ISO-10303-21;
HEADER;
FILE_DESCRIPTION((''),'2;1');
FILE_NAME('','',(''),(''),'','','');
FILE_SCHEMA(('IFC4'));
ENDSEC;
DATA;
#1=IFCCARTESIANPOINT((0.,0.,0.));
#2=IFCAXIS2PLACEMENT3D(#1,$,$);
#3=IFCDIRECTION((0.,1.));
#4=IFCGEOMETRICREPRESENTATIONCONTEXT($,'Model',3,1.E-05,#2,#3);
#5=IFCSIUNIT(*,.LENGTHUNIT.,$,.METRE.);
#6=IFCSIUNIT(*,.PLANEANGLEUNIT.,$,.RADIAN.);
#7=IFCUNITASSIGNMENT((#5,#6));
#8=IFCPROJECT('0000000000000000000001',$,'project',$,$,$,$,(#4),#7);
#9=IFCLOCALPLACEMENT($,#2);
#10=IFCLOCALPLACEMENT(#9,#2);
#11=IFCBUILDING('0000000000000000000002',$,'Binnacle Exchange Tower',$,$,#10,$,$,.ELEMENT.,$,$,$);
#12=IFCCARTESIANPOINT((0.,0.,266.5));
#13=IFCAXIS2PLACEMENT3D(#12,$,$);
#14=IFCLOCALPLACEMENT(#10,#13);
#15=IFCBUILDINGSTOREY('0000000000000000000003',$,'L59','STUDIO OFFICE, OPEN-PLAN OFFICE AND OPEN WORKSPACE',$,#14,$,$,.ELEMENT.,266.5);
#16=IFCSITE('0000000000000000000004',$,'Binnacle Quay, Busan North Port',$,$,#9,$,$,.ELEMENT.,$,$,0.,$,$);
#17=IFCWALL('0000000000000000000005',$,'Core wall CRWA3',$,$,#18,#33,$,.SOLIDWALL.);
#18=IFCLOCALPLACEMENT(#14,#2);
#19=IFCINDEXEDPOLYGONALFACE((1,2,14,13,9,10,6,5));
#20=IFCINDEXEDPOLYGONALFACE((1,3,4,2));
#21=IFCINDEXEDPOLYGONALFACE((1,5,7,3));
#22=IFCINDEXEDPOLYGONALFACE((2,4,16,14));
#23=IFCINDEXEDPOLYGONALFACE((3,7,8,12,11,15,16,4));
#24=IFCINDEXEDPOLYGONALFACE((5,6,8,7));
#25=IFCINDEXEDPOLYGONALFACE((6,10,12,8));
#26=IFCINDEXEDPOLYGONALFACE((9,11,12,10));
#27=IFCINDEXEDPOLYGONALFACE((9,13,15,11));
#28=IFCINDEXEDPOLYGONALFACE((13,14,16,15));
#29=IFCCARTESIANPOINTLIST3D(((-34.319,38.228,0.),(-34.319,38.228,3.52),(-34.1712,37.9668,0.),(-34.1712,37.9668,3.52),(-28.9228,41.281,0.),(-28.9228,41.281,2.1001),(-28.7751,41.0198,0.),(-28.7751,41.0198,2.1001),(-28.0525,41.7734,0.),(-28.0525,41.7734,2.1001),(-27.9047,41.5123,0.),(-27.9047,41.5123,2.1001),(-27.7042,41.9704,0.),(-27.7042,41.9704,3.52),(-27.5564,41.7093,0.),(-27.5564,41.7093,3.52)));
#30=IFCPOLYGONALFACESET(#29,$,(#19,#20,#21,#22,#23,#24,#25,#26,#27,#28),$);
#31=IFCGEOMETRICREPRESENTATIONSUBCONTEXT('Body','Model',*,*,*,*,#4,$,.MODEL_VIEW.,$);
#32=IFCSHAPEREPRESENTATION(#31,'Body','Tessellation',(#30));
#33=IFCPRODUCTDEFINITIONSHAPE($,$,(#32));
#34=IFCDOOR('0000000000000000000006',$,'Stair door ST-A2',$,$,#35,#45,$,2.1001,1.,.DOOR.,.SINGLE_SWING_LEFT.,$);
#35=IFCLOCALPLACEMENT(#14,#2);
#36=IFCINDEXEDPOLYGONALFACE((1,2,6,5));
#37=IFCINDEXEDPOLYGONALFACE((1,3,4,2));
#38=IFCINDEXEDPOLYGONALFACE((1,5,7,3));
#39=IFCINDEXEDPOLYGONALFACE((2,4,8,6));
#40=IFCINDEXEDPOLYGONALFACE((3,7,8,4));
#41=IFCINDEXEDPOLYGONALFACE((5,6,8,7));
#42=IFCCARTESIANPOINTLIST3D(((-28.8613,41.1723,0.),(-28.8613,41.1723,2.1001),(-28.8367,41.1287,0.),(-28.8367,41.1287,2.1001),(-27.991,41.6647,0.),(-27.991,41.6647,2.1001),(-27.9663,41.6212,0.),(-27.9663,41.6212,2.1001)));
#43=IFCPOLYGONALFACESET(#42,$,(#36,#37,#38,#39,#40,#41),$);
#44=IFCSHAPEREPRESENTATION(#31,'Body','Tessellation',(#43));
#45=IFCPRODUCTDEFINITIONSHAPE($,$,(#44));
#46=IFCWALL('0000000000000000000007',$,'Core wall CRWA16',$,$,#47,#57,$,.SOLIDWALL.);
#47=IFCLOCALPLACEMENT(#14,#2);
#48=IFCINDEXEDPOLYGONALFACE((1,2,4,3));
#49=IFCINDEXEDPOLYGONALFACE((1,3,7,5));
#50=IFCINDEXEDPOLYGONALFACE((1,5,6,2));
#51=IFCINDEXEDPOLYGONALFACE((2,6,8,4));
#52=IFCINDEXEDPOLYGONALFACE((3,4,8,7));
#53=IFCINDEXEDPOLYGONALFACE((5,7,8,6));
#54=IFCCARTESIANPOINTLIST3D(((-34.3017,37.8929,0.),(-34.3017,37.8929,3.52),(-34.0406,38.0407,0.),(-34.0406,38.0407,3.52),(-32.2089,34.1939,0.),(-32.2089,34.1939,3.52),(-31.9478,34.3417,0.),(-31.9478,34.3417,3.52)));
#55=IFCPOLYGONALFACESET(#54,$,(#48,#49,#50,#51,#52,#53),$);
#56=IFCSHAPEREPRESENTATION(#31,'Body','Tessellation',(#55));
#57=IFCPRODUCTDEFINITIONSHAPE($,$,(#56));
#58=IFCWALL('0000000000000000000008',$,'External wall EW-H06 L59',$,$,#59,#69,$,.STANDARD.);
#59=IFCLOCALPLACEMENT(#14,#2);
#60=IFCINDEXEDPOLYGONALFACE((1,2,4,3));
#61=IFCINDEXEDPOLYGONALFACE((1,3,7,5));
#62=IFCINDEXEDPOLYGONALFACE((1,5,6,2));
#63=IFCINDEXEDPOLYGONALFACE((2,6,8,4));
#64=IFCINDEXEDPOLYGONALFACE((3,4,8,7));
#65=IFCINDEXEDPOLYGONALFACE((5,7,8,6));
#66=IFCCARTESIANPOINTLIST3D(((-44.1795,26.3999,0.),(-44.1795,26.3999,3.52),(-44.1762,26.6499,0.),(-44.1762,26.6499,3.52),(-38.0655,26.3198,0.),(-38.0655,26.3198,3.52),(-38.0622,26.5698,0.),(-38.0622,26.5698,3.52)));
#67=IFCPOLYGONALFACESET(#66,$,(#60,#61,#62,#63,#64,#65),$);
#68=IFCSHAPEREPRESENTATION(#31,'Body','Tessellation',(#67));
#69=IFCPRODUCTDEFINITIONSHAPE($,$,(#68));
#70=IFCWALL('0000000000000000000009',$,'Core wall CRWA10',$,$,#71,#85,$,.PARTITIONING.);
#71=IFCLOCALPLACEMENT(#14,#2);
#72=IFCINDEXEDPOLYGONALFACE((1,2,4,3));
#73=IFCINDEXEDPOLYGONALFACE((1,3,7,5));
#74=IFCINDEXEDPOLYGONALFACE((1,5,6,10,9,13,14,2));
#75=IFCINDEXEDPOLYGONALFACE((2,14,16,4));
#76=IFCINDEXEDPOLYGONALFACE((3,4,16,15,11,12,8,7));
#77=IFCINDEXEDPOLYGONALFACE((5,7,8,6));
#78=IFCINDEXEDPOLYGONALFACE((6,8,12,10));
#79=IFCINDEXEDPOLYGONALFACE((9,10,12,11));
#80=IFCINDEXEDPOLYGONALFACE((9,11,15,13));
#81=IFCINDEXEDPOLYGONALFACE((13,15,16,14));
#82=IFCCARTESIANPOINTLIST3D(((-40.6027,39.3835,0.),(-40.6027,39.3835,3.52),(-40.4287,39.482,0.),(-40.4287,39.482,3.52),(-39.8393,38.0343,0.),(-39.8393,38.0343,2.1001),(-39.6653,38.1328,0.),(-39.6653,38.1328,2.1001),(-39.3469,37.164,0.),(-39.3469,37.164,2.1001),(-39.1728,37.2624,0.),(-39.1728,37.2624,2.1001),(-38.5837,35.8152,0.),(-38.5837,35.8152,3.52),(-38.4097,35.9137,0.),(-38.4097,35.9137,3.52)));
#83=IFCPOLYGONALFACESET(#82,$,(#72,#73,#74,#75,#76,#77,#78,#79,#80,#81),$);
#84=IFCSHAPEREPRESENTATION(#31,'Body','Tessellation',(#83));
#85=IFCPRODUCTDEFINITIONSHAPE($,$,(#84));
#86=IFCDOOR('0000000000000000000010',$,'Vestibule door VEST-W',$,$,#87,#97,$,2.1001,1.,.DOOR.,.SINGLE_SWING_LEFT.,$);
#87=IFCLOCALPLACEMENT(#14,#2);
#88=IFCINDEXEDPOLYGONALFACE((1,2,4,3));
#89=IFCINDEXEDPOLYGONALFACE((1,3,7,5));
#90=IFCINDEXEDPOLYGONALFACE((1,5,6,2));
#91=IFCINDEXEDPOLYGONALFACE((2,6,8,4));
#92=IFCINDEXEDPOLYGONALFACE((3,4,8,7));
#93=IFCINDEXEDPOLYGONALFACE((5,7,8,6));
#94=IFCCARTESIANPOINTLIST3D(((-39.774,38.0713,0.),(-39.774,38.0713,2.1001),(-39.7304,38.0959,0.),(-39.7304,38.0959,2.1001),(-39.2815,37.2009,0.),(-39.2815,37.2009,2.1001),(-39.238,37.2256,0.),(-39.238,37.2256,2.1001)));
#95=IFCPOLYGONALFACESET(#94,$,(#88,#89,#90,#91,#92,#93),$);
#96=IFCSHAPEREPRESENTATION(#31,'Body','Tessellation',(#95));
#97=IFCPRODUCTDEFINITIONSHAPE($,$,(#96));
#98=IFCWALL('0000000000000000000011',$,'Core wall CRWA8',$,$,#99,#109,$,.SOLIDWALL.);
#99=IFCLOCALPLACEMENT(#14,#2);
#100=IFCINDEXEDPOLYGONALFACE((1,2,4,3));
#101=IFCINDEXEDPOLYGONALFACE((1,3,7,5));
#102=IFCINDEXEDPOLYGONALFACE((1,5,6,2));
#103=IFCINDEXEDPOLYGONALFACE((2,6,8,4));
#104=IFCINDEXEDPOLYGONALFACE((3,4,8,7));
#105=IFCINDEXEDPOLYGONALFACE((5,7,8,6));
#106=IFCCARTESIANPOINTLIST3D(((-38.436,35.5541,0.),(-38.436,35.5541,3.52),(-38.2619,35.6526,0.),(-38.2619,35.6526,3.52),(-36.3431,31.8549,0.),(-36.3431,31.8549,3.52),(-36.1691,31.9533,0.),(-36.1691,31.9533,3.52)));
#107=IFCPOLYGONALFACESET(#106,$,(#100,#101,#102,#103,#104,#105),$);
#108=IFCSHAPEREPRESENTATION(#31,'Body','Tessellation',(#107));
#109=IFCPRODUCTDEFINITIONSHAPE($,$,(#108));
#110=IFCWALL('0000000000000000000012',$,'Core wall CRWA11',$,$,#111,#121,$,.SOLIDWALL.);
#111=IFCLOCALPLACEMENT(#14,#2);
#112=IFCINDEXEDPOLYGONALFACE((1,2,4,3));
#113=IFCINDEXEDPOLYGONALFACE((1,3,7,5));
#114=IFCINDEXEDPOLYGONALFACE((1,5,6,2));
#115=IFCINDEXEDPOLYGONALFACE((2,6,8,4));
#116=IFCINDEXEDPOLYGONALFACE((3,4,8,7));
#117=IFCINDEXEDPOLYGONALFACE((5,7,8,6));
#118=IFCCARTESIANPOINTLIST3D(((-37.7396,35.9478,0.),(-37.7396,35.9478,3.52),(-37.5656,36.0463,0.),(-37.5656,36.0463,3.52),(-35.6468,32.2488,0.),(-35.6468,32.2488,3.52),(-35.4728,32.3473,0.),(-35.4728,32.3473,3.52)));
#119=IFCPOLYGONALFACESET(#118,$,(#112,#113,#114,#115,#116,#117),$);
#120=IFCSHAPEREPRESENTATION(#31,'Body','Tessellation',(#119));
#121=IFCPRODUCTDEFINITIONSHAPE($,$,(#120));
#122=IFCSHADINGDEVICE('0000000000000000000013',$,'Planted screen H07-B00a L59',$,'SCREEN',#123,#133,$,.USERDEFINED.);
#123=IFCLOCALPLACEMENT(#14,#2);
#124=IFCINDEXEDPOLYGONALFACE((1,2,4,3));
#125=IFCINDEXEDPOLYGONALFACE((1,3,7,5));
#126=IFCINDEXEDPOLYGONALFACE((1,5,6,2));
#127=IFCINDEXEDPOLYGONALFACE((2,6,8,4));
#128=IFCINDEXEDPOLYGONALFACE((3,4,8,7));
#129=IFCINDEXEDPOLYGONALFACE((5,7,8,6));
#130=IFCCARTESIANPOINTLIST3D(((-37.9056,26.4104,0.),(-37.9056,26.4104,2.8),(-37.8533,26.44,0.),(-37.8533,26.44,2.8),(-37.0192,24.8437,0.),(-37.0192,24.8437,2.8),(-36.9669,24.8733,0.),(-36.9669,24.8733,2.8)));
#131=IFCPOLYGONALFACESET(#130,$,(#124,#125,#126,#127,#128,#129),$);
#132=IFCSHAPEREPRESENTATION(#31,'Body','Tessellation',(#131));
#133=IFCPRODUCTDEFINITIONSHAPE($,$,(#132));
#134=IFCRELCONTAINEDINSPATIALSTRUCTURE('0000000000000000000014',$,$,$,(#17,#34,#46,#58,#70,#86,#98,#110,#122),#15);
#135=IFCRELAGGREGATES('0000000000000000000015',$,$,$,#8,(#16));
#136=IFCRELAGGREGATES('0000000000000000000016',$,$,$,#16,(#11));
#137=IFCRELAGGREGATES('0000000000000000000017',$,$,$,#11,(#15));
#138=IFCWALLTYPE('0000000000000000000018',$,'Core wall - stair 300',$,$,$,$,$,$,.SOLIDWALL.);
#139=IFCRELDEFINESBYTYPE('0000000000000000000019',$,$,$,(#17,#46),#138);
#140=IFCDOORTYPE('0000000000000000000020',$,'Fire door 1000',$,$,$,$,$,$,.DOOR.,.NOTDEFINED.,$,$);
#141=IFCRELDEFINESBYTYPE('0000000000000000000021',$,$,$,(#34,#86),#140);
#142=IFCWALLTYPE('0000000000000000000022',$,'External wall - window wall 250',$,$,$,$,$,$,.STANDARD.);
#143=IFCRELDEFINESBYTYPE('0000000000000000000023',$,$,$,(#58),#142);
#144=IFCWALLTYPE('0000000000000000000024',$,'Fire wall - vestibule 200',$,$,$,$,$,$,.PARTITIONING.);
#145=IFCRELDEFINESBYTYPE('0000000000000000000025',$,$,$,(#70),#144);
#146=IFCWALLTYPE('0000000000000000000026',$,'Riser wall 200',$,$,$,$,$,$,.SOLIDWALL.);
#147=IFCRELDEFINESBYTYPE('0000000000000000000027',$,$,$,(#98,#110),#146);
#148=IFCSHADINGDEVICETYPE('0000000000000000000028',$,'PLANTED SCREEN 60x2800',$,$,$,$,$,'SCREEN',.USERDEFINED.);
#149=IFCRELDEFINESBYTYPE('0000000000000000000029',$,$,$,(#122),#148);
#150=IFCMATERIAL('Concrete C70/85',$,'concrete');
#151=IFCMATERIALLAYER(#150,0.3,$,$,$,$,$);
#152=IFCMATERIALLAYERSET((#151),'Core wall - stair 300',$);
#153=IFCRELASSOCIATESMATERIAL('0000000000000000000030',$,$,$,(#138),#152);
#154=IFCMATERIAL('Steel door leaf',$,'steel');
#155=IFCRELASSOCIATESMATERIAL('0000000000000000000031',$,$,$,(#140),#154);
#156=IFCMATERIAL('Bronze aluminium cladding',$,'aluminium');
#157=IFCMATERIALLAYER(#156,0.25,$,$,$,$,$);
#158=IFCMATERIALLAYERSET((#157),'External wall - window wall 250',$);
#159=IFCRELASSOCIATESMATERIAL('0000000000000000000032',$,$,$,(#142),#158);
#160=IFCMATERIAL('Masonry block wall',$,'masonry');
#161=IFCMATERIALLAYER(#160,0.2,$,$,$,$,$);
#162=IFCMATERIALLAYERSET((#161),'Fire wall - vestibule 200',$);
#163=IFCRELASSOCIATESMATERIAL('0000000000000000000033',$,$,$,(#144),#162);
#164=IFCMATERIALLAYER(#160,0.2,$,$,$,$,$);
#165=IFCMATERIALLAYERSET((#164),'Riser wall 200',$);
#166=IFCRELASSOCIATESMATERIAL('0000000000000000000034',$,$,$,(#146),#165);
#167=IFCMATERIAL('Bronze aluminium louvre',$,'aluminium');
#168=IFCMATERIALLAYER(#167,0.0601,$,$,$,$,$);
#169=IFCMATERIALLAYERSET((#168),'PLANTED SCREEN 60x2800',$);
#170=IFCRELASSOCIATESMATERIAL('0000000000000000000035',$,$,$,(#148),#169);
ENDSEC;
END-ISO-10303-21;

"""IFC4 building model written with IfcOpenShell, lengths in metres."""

from ifc_helpers import new_model, si_unit, direction, frame, frame_2d, origin, origin_2d, place, context, subcontext, project, spatial, rectangle, extrude, material, layer, layer_set, type_object, element, fill, save


model = new_model("IFC4")

# Units and contexts
model_context = context("Model", 3, precision=1e-05, world=origin(), true_north=direction((0.0, 1.0)))
body_context = subcontext(model_context, "Body", "Model", "MODEL_VIEW")
ifc_project = project(units=[si_unit("LENGTHUNIT", "METRE"), si_unit("PLANEANGLEUNIT", "RADIAN")], contexts=[model_context])

# Site, building, storey
site_placement = place(None, origin())
site = spatial("IfcSite", under=ifc_project, at=site_placement, Name="Binnacle Quay, Busan North Port", CompositionType="ELEMENT", RefElevation=0.0)
building_placement = place(site_placement, origin())
building = spatial("IfcBuilding", under=site, at=building_placement, Name="Binnacle Exchange Tower", CompositionType="ELEMENT")
storey_placement = place(building_placement, frame((0.0, 0.0, 266.5)))
storey = spatial("IfcBuildingStorey", under=building, at=storey_placement, Name="L59", Description="STUDIO OFFICE, OPEN-PLAN OFFICE AND OPEN WORKSPACE", CompositionType="ELEMENT", Elevation=266.5)

# Shared definitions
ifc_material_1 = material(Name="Concrete C70/85", Category="concrete")
ifc_material_2 = material(Name="Steel door leaf", Category="steel")

# Wall, opening, door
ifc_layer_1 = layer(ifc_material_1, 0.3)
ifc_layer_set_1 = layer_set([ifc_layer_1], Name="Core wall - stair 300")
wall_type_1 = type_object("IfcWallType", Name="Core wall - stair 300", PredefinedType="SOLIDWALL", material=ifc_layer_set_1)
wall_1_placement = place(storey_placement, frame((-34.2451, 38.0974, 0.0), z_axis=(0.0, 0.0, 1.0), x_axis=(0.870356, 0.492422, 0.0)))
wall_1 = element("IfcWall", 1, at=wall_1_placement, inside=storey, type_object=wall_type_1, Name="Core wall CRWA3", PredefinedType="SOLIDWALL", context=body_context, shape_type="SweptSolid", body=[
    extrude(rectangle(XDim=7.6001, YDim=0.3, at=frame_2d((3.8, 0.0))), origin(), (0.0, 0.0, 1.0), 3.52),
])
opening_1_placement = place(wall_1_placement, frame((6.2, 0.0, 0.0)))
opening_1 = element("IfcOpeningElement", 2, at=opening_1_placement, cuts=wall_1, PredefinedType="OPENING", context=body_context, shape_type="SweptSolid", body=[
    extrude(rectangle(XDim=1.0, YDim=2.1001, at=frame_2d((0.5, 1.05))), frame((0.0, 0.1599, 0.0), z_axis=(0.0, -1.0, 0.0), x_axis=(1.0, 0.0, 0.0)), (0.0, 0.0, 1.0), 0.3201),
])
door_type_1 = type_object("IfcDoorType", Name="Fire door 1000", OperationType="NOTDEFINED", PredefinedType="DOOR", material=ifc_material_2)
door_1_placement = place(opening_1_placement, frame((1.0, 0.0, 0.0), z_axis=(0.0, 0.0, 1.0), x_axis=(-1.0, 0.0, 0.0)))
door_1 = element("IfcDoor", 3, at=door_1_placement, inside=storey, type_object=door_type_1, Name="Stair door ST-A2", OperationType="SINGLE_SWING_LEFT", OverallHeight=2.1001, OverallWidth=1.0, PredefinedType="DOOR", context=body_context, shape_type="SweptSolid", body=[
    extrude(rectangle(XDim=1.0, YDim=2.1001, at=frame_2d((0.5, 1.05))), frame((0.0, 0.0249, 0.0), z_axis=(0.0, -1.0, 0.0), x_axis=(1.0, 0.0, 0.0)), (0.0, 0.0, 1.0), 0.05),
])
fill(opening_1, door_1)

# Walls
wall_2_placement = place(storey_placement, frame((-34.1711, 37.9668, 0.0), z_axis=(0.0, 0.0, 1.0), x_axis=(0.492423, -0.870356, 0.0)))
element("IfcWall", 4, at=wall_2_placement, inside=storey, type_object=wall_type_1, Name="Core wall CRWA16", PredefinedType="SOLIDWALL", context=body_context, shape_type="SweptSolid", body=[
    extrude(rectangle(XDim=4.25, YDim=0.3, at=frame_2d((2.125, 0.0))), origin(), (0.0, 0.0, 1.0), 3.52),
])
ifc_material_3 = material(Name="Bronze aluminium cladding", Category="aluminium")
ifc_layer_2 = layer(ifc_material_3, 0.25)
ifc_layer_set_2 = layer_set([ifc_layer_2], Name="External wall - window wall 250")
wall_type_2 = type_object("IfcWallType", Name="External wall - window wall 250", PredefinedType="STANDARD", material=ifc_layer_set_2)
wall_3_placement = place(storey_placement, frame((-38.064, 26.4448, 0.0), z_axis=(0.0, 0.0, 1.0), x_axis=(-0.999914, 0.013096, 0.0)))
element("IfcWall", 5, at=wall_3_placement, inside=storey, type_object=wall_type_2, Name="External wall EW-H06 L59", PredefinedType="STANDARD", context=body_context, shape_type="SweptSolid", body=[
    extrude(rectangle(XDim=6.1145, YDim=0.25, at=frame_2d((3.0571, 0.0))), origin(), (0.0, 0.0, 1.0), 3.52),
])

# Wall, opening, door
ifc_material_4 = material(Name="Masonry block wall", Category="masonry")
ifc_layer_3 = layer(ifc_material_4, 0.2)
ifc_layer_set_3 = layer_set([ifc_layer_3], Name="Fire wall - vestibule 200")
wall_type_3 = type_object("IfcWallType", Name="Fire wall - vestibule 200", PredefinedType="PARTITIONING", material=ifc_layer_set_3)
wall_4_placement = place(storey_placement, frame((-40.5156, 39.4326, 0.0), z_axis=(0.0, 0.0, 1.0), x_axis=(0.492454, -0.870339, 0.0)))
wall_4 = element("IfcWall", 6, at=wall_4_placement, inside=storey, type_object=wall_type_3, Name="Core wall CRWA10", PredefinedType="PARTITIONING", context=body_context, shape_type="SweptSolid", body=[
    extrude(rectangle(XDim=4.0999, YDim=0.2, at=frame_2d((2.0498, 0.0))), origin(), (0.0, 0.0, 1.0), 3.52),
])
opening_2_placement = place(wall_4_placement, frame((1.55, 0.0, 0.0)))
opening_2 = element("IfcOpeningElement", 7, at=opening_2_placement, cuts=wall_4, PredefinedType="OPENING", context=body_context, shape_type="SweptSolid", body=[
    extrude(rectangle(XDim=1.0, YDim=2.1001, at=frame_2d((0.5, 1.05))), frame((0.0, 0.1099, 0.0), z_axis=(0.0, -1.0, 0.0), x_axis=(1.0, 0.0, 0.0)), (0.0, 0.0, 1.0), 0.22),
])
door_2_placement = place(opening_2_placement, frame((1.0, 0.0, 0.0), z_axis=(0.0, 0.0, 1.0), x_axis=(-1.0, 0.0, 0.0)))
door_2 = element("IfcDoor", 8, at=door_2_placement, inside=storey, type_object=door_type_1, Name="Vestibule door VEST-W", OperationType="SINGLE_SWING_LEFT", OverallHeight=2.1001, OverallWidth=1.0, PredefinedType="DOOR", context=body_context, shape_type="SweptSolid", body=[
    extrude(rectangle(XDim=1.0, YDim=2.1001, at=frame_2d((0.5, 1.05))), frame((0.0, 0.0249, 0.0), z_axis=(0.0, -1.0, 0.0), x_axis=(1.0, 0.0, 0.0)), (0.0, 0.0, 1.0), 0.05),
])
fill(opening_2, door_2)

# Walls
ifc_layer_4 = layer(ifc_material_4, 0.2)
ifc_layer_set_4 = layer_set([ifc_layer_4], Name="Riser wall 200")
wall_type_4 = type_object("IfcWallType", Name="Riser wall 200", PredefinedType="SOLIDWALL", material=ifc_layer_set_4)
wall_5_placement = place(storey_placement, frame((-38.3489, 35.6033, 0.0), z_axis=(0.0, 0.0, 1.0), x_axis=(0.492398, -0.87037, 0.0)))
element("IfcWall", 9, at=wall_5_placement, inside=storey, type_object=wall_type_4, Name="Core wall CRWA8", PredefinedType="SOLIDWALL", context=body_context, shape_type="SweptSolid", body=[
    extrude(rectangle(XDim=4.2502, YDim=0.2, at=frame_2d((2.125, 0.0))), origin(), (0.0, 0.0, 1.0), 3.52),
])
wall_6_placement = place(storey_placement, frame((-37.6526, 35.9971, 0.0), z_axis=(0.0, 0.0, 1.0), x_axis=(0.492423, -0.870356, 0.0)))
element("IfcWall", 10, at=wall_6_placement, inside=storey, type_object=wall_type_4, Name="Core wall CRWA11", PredefinedType="SOLIDWALL", context=body_context, shape_type="SweptSolid", body=[
    extrude(rectangle(XDim=4.25, YDim=0.2, at=frame_2d((2.125, 0.0))), origin(), (0.0, 0.0, 1.0), 3.52),
])

# Shading device
ifc_material_5 = material(Name="Bronze aluminium louvre", Category="aluminium")
ifc_layer_5 = layer(ifc_material_5, 0.0601)
ifc_layer_set_5 = layer_set([ifc_layer_5], Name="PLANTED SCREEN 60x2800")
shading_device_type = type_object("IfcShadingDeviceType", Name="PLANTED SCREEN 60x2800", ElementType="SCREEN", PredefinedType="USERDEFINED", material=ifc_layer_set_5)
shading_device_placement = place(storey_placement, frame((-37.4363, 25.6418, 0.0), z_axis=(0.0, 0.0, 1.0), x_axis=(0.870356, 0.492424, 0.0)))
element("IfcShadingDevice", 11, at=shading_device_placement, inside=storey, type_object=shading_device_type, Name="Planted screen H07-B00a L59", ObjectType="SCREEN", PredefinedType="USERDEFINED", context=body_context, shape_type="SweptSolid", body=[
    extrude(rectangle(XDim=0.0601, YDim=1.8, at=origin_2d()), origin(), (0.0, 0.0, 1.0), 2.8),
])

save(model, "model.ifc")
